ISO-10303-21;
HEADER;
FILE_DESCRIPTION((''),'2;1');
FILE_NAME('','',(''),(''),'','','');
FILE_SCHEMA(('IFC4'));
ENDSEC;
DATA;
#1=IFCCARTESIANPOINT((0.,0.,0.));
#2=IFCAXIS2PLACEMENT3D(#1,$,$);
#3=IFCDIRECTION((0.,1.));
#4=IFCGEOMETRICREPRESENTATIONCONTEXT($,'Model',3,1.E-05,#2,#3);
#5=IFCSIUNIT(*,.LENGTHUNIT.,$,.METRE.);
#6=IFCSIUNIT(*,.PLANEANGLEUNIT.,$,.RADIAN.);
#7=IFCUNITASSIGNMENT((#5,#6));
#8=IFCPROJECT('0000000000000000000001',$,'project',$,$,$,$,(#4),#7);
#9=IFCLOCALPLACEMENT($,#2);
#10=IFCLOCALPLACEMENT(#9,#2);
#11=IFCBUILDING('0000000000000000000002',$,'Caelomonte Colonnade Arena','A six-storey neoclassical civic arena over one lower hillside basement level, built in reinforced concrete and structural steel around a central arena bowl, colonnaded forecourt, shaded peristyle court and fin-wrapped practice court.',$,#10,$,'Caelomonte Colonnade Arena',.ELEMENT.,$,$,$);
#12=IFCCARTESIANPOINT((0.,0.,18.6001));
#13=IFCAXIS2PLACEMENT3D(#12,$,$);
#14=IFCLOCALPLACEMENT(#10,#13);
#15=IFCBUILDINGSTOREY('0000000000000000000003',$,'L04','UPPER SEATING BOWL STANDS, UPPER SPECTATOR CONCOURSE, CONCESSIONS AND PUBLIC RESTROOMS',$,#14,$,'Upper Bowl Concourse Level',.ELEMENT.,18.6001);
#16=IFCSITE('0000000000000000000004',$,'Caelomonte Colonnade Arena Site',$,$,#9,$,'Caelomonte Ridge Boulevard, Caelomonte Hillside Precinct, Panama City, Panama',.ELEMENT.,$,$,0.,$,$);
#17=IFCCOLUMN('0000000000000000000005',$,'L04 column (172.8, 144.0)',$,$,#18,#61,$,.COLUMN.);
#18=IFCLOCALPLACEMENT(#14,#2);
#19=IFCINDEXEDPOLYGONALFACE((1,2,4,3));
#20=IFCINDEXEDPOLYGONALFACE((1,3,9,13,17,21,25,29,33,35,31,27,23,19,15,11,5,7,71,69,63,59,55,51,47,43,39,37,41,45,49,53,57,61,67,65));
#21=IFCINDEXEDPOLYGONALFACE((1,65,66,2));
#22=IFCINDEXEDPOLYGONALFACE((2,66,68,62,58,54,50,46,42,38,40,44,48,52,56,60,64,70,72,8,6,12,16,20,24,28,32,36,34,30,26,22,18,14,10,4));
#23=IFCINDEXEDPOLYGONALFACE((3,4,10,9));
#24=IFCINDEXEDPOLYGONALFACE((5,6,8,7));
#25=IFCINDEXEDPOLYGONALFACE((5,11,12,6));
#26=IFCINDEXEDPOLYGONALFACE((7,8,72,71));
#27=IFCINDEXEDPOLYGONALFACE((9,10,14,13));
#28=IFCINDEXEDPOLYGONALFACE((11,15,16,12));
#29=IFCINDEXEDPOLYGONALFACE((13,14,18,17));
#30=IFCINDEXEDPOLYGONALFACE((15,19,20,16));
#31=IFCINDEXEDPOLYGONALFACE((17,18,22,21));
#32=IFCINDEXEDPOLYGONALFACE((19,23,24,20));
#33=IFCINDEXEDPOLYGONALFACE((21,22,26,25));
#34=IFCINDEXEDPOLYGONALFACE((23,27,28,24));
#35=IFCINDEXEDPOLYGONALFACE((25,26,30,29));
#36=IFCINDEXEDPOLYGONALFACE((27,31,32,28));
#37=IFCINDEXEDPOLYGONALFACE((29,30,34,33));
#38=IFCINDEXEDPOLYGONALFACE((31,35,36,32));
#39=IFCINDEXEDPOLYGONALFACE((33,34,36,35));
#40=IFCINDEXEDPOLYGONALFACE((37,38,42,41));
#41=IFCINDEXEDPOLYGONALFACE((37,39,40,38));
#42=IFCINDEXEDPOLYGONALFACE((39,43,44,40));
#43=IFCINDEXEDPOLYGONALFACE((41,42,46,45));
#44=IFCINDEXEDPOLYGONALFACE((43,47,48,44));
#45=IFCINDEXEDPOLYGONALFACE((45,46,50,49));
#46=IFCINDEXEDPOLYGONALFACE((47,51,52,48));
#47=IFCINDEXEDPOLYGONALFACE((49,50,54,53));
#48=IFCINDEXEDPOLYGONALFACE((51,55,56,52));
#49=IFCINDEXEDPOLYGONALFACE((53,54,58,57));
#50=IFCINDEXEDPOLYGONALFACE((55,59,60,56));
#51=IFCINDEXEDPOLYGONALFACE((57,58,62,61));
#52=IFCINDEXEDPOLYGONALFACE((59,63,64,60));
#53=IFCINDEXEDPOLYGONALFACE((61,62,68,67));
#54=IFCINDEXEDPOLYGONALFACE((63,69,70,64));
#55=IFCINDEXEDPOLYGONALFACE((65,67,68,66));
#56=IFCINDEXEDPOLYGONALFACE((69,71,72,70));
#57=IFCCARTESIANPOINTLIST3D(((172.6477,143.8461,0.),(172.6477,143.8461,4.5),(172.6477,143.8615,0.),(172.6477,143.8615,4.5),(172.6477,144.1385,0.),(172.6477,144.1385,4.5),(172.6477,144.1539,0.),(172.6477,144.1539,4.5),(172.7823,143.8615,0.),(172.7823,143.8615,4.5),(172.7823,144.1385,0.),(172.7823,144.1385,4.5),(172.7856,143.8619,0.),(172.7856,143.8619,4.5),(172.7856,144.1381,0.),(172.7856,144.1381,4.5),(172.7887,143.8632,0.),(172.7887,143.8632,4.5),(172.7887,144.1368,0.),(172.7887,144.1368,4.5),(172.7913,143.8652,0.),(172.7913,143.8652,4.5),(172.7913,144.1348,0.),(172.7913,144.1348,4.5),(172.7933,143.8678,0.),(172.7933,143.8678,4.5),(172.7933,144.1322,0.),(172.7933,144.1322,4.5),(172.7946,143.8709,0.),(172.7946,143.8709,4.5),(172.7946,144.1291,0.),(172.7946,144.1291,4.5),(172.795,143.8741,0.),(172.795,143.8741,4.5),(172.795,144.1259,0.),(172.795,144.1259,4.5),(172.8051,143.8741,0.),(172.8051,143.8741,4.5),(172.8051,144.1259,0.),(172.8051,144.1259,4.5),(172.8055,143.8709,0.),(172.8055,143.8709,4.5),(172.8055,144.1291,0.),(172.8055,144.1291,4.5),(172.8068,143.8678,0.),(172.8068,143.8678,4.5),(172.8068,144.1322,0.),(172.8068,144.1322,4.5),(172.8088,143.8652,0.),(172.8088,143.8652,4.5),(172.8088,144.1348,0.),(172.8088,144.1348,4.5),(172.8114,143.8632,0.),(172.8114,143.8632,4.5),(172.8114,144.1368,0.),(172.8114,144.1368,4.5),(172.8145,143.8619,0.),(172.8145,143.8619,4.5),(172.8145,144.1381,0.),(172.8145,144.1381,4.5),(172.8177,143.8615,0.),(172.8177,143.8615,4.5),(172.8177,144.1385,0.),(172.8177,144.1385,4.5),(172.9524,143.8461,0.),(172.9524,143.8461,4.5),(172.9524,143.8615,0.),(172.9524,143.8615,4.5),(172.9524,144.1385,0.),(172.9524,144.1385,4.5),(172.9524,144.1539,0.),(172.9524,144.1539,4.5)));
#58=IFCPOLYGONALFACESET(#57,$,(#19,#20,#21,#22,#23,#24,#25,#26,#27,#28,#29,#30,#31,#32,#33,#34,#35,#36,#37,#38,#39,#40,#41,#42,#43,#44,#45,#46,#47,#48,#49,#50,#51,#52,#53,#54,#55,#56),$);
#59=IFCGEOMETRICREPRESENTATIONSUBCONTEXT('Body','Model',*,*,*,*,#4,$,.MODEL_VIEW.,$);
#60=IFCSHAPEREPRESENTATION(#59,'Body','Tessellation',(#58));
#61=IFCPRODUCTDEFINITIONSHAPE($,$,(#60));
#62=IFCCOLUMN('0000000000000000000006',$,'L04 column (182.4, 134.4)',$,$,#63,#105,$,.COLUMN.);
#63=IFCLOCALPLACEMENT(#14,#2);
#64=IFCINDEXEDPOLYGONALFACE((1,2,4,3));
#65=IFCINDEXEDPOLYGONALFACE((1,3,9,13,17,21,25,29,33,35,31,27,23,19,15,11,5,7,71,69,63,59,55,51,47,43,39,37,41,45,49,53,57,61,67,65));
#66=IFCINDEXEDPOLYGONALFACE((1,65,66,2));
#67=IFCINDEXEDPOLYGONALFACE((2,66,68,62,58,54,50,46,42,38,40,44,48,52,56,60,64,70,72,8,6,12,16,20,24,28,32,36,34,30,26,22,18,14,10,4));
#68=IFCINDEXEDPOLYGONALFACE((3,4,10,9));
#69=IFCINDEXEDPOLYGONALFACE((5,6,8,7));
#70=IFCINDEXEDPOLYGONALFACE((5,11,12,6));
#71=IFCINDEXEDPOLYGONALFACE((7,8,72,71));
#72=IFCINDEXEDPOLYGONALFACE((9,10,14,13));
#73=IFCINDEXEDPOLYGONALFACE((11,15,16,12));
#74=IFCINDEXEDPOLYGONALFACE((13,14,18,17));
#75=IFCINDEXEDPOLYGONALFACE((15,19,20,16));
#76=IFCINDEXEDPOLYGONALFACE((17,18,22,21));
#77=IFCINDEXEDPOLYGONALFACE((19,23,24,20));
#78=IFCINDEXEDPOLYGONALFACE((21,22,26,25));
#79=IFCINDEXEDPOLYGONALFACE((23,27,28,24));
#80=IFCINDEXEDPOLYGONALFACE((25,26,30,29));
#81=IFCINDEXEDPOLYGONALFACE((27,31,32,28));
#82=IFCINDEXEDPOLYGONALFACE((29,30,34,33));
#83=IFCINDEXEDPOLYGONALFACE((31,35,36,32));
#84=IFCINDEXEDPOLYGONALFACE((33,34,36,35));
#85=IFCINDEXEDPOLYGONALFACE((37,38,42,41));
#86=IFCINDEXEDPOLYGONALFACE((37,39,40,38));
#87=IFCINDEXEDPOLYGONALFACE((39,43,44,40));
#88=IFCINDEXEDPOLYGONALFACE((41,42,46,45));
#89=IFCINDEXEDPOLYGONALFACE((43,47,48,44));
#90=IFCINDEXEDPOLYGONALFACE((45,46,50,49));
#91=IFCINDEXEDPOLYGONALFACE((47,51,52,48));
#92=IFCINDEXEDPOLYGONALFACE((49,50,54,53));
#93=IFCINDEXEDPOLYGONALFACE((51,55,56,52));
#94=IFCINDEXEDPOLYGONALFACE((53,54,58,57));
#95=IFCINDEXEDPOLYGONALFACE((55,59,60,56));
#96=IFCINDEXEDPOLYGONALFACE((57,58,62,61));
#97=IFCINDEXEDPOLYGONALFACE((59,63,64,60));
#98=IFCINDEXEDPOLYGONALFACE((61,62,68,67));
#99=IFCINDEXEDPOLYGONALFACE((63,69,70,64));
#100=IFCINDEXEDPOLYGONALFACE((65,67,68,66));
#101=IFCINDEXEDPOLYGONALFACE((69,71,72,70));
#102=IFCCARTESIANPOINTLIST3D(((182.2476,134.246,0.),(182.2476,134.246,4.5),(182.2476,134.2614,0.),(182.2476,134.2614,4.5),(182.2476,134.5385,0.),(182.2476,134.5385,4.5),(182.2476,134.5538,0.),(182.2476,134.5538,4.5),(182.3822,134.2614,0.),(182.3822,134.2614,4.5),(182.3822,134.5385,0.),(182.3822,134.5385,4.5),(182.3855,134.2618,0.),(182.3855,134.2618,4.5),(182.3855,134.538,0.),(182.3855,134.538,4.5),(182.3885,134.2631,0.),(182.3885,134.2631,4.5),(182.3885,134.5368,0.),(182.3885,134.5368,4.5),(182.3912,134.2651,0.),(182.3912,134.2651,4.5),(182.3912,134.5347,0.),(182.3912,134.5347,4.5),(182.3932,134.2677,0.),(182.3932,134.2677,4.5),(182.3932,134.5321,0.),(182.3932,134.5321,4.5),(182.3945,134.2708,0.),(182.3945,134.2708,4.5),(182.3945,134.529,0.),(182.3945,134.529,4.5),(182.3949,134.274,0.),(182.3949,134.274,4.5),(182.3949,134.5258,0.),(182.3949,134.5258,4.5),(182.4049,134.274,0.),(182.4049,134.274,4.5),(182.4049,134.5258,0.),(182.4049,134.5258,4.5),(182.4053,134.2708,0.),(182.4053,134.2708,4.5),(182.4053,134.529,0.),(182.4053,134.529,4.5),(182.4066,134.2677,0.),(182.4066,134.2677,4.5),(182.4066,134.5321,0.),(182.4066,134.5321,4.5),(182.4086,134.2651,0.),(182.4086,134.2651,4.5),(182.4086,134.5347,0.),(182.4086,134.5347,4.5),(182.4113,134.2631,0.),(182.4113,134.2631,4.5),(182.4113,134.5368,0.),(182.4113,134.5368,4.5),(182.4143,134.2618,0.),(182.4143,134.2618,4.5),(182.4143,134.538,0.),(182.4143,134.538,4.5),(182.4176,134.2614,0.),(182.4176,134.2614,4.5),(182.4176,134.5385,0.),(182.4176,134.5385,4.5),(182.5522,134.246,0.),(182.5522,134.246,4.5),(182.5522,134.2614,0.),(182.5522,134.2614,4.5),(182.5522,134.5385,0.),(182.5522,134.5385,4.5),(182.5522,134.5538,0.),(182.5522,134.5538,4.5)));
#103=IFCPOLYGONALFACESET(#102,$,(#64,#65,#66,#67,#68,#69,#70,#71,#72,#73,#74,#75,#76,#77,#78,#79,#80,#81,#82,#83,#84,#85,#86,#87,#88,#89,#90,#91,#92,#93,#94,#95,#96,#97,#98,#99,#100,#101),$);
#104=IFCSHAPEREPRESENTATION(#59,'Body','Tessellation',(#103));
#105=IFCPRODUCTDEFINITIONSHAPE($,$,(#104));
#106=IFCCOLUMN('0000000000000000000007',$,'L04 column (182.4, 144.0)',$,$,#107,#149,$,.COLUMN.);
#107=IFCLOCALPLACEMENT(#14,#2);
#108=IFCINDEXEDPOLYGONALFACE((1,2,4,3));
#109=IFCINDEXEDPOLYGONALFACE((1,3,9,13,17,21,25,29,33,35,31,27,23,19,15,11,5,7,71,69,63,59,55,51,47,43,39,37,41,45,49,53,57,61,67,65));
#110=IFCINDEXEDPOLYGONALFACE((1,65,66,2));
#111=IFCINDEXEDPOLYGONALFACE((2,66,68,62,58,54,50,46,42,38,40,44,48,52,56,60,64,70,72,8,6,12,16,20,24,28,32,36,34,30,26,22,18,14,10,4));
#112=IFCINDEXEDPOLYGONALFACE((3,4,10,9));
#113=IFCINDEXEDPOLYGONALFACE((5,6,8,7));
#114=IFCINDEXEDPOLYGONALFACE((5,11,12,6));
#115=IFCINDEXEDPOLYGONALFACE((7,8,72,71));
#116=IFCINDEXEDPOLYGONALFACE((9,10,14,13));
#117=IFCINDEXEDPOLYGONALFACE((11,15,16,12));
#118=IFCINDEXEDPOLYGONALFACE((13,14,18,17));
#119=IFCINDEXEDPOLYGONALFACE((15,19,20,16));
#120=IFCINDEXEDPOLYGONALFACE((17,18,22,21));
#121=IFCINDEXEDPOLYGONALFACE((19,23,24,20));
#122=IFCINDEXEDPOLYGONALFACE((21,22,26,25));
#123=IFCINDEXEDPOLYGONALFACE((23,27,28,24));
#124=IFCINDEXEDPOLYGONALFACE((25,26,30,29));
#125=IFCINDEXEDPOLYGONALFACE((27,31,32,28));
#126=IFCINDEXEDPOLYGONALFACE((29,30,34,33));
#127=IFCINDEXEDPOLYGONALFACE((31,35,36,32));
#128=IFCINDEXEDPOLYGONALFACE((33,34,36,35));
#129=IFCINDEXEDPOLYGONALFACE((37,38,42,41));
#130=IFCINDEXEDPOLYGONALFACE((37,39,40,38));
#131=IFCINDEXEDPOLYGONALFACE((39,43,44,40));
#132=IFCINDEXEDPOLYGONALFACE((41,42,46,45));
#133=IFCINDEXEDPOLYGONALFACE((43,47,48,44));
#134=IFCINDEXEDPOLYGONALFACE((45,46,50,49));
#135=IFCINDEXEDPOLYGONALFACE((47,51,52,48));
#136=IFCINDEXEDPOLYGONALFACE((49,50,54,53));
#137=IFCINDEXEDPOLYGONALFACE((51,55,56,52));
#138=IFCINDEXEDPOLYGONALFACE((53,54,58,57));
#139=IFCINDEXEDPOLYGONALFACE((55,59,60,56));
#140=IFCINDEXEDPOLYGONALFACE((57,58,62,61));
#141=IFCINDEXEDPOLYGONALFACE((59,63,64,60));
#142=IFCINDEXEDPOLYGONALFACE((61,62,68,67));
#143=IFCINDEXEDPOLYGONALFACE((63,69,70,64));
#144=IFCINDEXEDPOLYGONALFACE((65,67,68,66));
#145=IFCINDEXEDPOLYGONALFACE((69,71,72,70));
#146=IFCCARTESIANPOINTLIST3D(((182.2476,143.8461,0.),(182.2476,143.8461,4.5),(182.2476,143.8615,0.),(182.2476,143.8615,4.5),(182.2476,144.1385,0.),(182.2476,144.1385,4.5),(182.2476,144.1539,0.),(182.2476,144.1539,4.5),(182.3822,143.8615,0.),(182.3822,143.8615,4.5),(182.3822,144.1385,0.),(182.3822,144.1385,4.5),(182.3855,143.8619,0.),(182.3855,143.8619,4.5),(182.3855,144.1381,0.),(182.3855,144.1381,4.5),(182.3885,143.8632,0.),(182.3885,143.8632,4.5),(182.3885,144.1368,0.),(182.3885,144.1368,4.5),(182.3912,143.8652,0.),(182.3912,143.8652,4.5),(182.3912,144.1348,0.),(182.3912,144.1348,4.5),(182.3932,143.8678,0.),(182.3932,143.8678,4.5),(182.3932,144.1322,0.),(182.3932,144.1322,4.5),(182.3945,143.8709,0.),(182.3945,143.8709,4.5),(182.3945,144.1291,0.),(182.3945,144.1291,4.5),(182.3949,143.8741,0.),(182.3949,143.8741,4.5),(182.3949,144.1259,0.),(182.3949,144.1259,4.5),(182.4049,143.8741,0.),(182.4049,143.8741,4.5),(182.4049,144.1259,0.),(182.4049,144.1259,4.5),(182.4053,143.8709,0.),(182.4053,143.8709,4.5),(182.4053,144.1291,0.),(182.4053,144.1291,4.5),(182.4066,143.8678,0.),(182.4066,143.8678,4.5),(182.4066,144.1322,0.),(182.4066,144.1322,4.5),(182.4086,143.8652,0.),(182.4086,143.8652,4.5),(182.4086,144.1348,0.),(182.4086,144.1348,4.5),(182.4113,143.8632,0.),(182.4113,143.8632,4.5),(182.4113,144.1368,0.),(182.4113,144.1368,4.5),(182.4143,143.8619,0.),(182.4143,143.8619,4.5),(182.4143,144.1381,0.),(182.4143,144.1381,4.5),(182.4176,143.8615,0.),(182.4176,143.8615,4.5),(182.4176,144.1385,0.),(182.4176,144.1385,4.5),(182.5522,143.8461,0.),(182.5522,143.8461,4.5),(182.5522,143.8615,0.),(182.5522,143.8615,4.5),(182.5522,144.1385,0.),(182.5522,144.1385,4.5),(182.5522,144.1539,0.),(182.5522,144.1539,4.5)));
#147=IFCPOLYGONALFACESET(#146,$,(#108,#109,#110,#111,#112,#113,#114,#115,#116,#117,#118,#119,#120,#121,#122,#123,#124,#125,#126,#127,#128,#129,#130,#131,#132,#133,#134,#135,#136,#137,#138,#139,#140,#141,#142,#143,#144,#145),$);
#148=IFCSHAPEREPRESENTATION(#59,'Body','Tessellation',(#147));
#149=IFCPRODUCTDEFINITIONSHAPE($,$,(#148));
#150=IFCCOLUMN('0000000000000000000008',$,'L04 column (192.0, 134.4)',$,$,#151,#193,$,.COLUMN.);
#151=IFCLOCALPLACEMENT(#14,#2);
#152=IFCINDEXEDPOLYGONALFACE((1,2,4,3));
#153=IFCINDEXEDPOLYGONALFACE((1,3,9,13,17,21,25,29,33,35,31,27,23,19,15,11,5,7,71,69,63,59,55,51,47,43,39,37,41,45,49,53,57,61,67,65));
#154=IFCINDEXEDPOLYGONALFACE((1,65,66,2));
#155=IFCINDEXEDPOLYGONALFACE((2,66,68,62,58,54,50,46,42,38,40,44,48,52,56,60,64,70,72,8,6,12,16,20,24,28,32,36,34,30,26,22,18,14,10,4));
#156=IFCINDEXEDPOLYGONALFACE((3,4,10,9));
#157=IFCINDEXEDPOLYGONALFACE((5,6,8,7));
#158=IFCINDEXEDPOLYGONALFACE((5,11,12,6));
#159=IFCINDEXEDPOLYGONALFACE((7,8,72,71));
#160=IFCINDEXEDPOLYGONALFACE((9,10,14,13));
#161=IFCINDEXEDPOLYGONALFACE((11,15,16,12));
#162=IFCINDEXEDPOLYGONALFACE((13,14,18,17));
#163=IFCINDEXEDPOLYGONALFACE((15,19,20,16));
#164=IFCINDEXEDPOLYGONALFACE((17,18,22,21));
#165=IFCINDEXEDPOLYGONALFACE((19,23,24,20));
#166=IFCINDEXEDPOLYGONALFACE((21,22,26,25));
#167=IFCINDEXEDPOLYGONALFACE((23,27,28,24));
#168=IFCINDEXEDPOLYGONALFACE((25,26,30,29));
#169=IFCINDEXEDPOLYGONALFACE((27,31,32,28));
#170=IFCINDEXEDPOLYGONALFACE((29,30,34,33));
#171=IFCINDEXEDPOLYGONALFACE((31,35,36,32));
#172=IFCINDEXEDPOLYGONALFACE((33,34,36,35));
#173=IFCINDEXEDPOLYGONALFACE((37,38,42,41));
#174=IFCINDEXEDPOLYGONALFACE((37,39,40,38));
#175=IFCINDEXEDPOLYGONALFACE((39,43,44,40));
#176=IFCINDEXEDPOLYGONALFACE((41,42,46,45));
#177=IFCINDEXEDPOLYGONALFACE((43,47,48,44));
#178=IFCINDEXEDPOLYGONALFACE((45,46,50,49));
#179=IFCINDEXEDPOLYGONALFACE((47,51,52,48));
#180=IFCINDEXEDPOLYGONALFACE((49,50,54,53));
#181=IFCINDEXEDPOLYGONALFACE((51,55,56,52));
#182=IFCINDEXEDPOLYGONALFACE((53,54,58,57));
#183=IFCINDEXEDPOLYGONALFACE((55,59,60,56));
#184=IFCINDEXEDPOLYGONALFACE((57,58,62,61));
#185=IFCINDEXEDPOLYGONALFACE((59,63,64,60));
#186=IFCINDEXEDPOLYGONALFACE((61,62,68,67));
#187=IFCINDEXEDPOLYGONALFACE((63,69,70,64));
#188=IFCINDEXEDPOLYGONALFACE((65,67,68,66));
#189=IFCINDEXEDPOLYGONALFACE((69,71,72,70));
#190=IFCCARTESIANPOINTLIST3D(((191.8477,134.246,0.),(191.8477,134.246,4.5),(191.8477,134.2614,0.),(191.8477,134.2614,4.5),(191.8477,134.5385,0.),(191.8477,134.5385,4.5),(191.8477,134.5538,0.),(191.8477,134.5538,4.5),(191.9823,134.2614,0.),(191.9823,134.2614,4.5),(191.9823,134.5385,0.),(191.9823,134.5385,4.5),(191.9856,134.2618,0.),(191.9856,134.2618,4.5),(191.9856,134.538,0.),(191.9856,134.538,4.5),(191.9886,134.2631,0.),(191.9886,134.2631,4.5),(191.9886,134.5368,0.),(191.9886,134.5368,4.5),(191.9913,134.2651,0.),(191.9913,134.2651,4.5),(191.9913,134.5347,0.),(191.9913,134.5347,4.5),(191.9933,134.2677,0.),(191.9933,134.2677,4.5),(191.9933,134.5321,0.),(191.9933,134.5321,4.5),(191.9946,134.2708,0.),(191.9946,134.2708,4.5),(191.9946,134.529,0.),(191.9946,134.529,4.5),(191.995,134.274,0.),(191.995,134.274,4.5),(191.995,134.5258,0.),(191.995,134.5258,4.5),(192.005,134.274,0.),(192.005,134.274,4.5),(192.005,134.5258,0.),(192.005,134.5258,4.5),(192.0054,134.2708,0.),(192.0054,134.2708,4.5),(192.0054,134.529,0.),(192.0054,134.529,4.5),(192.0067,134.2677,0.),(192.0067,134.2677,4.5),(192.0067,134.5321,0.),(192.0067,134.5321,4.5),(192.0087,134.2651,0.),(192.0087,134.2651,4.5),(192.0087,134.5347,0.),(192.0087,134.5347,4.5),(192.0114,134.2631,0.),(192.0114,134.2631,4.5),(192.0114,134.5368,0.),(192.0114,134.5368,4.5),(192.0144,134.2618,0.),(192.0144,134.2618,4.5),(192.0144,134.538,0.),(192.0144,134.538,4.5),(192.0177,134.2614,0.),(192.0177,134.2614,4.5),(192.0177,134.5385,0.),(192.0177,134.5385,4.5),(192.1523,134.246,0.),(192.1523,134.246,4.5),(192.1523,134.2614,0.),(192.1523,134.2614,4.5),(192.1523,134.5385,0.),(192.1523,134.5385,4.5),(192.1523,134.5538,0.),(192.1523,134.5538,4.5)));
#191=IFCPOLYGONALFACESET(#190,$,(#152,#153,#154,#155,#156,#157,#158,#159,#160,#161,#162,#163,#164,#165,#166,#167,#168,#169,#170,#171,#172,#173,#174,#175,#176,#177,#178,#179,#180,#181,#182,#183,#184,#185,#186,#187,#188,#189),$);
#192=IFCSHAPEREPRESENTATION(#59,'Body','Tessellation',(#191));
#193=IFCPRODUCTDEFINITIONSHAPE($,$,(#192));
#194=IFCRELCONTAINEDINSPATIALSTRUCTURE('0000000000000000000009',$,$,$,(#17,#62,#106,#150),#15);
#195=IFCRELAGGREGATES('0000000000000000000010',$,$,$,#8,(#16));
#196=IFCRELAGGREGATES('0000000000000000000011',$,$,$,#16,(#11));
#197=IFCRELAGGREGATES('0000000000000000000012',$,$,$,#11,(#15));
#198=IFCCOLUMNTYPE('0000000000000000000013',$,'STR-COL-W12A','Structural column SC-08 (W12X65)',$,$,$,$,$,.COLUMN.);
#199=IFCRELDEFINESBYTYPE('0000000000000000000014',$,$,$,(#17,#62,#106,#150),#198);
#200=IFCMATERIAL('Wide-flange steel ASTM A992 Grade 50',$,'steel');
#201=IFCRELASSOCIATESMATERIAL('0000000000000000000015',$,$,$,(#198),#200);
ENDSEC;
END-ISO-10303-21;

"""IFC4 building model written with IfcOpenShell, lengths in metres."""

from ifc_helpers import new_model, si_unit, direction, frame, origin, origin_2d, place, context, subcontext, project, spatial, i_section, extrude, material, material_profile, profile_set, type_object, element, save


model = new_model("IFC4")

# Units and contexts
model_context = context("Model", 3, precision=1e-05, world=origin(), true_north=direction((0.0, 1.0)))
body_context = subcontext(model_context, "Body", "Model", "MODEL_VIEW")
ifc_project = project(units=[si_unit("LENGTHUNIT", "METRE"), si_unit("PLANEANGLEUNIT", "RADIAN")], contexts=[model_context])

# Site, building, storey
site_placement = place(None, origin())
site = spatial("IfcSite", under=ifc_project, at=site_placement, Name="Caelomonte Colonnade Arena Site", LongName="Caelomonte Ridge Boulevard, Caelomonte Hillside Precinct, Panama City, Panama", CompositionType="ELEMENT", RefElevation=0.0)
building_placement = place(site_placement, origin())
building = spatial("IfcBuilding", under=site, at=building_placement, Name="Caelomonte Colonnade Arena", Description="A six-storey neoclassical civic arena over one lower hillside basement level, built in reinforced concrete and structural steel around a central arena bowl, colonnaded forecourt, shaded peristyle court and fin-wrapped practice court.", LongName="Caelomonte Colonnade Arena", CompositionType="ELEMENT")
storey_placement = place(building_placement, frame((0.0, 0.0, 18.6001)))
storey = spatial("IfcBuildingStorey", under=building, at=storey_placement, Name="L04", Description="UPPER SEATING BOWL STANDS, UPPER SPECTATOR CONCOURSE, CONCESSIONS AND PUBLIC RESTROOMS", LongName="Upper Bowl Concourse Level", CompositionType="ELEMENT", Elevation=18.6001)

# Columns
ifc_material_1 = material(Name="Wide-flange steel ASTM A992 Grade 50", Category="steel")
ifc_material_profile_1 = material_profile(ifc_material_1, i_section(OverallWidth=0.3047, OverallDepth=0.3079, WebThickness=0.01, FlangeThickness=0.0154, FilletRadius=0.0127, at=origin_2d()), Name="W12X65")
ifc_profile_set_1 = profile_set([ifc_material_profile_1], Name="Wide-flange steel ASTM A992 Grade 50")
column_type = type_object("IfcColumnType", Name="STR-COL-W12A", Description="Structural column SC-08 (W12X65)", PredefinedType="COLUMN", material=ifc_profile_set_1)
for number, where, z_axis, x_axis, name in (
    (1, (172.8, 144.0, 0.0), (0.0, 0.0, 1.0), (1.0, 0.0, 0.0), "L04 column (172.8, 144.0)"),
    (2, (182.3999, 134.3999, 0.0), (0.0, 0.0, 1.0), (1.0, 0.0, 0.0), "L04 column (182.4, 134.4)"),
    (3, (182.3999, 144.0, 0.0), (0.0, 0.0, 1.0), (1.0, 0.0, 0.0), "L04 column (182.4, 144.0)"),
    (4, (192.0, 134.3999, 0.0), (0.0, 0.0, 1.0), (1.0, 0.0, 0.0), "L04 column (192.0, 134.4)"),
):
    element("IfcColumn", number, at=place(storey_placement, frame(where, z_axis=z_axis, x_axis=x_axis)), inside=storey, type_object=column_type, Name=name, PredefinedType="COLUMN", context=body_context, shape_type="SweptSolid", body=[
        extrude(i_section(OverallWidth=0.3047, OverallDepth=0.3079, WebThickness=0.01, FlangeThickness=0.0154, FilletRadius=0.0127, at=origin_2d()), origin(), (0.0, 0.0, 1.0), 4.5),
    ])

save(model, "model.ifc")
